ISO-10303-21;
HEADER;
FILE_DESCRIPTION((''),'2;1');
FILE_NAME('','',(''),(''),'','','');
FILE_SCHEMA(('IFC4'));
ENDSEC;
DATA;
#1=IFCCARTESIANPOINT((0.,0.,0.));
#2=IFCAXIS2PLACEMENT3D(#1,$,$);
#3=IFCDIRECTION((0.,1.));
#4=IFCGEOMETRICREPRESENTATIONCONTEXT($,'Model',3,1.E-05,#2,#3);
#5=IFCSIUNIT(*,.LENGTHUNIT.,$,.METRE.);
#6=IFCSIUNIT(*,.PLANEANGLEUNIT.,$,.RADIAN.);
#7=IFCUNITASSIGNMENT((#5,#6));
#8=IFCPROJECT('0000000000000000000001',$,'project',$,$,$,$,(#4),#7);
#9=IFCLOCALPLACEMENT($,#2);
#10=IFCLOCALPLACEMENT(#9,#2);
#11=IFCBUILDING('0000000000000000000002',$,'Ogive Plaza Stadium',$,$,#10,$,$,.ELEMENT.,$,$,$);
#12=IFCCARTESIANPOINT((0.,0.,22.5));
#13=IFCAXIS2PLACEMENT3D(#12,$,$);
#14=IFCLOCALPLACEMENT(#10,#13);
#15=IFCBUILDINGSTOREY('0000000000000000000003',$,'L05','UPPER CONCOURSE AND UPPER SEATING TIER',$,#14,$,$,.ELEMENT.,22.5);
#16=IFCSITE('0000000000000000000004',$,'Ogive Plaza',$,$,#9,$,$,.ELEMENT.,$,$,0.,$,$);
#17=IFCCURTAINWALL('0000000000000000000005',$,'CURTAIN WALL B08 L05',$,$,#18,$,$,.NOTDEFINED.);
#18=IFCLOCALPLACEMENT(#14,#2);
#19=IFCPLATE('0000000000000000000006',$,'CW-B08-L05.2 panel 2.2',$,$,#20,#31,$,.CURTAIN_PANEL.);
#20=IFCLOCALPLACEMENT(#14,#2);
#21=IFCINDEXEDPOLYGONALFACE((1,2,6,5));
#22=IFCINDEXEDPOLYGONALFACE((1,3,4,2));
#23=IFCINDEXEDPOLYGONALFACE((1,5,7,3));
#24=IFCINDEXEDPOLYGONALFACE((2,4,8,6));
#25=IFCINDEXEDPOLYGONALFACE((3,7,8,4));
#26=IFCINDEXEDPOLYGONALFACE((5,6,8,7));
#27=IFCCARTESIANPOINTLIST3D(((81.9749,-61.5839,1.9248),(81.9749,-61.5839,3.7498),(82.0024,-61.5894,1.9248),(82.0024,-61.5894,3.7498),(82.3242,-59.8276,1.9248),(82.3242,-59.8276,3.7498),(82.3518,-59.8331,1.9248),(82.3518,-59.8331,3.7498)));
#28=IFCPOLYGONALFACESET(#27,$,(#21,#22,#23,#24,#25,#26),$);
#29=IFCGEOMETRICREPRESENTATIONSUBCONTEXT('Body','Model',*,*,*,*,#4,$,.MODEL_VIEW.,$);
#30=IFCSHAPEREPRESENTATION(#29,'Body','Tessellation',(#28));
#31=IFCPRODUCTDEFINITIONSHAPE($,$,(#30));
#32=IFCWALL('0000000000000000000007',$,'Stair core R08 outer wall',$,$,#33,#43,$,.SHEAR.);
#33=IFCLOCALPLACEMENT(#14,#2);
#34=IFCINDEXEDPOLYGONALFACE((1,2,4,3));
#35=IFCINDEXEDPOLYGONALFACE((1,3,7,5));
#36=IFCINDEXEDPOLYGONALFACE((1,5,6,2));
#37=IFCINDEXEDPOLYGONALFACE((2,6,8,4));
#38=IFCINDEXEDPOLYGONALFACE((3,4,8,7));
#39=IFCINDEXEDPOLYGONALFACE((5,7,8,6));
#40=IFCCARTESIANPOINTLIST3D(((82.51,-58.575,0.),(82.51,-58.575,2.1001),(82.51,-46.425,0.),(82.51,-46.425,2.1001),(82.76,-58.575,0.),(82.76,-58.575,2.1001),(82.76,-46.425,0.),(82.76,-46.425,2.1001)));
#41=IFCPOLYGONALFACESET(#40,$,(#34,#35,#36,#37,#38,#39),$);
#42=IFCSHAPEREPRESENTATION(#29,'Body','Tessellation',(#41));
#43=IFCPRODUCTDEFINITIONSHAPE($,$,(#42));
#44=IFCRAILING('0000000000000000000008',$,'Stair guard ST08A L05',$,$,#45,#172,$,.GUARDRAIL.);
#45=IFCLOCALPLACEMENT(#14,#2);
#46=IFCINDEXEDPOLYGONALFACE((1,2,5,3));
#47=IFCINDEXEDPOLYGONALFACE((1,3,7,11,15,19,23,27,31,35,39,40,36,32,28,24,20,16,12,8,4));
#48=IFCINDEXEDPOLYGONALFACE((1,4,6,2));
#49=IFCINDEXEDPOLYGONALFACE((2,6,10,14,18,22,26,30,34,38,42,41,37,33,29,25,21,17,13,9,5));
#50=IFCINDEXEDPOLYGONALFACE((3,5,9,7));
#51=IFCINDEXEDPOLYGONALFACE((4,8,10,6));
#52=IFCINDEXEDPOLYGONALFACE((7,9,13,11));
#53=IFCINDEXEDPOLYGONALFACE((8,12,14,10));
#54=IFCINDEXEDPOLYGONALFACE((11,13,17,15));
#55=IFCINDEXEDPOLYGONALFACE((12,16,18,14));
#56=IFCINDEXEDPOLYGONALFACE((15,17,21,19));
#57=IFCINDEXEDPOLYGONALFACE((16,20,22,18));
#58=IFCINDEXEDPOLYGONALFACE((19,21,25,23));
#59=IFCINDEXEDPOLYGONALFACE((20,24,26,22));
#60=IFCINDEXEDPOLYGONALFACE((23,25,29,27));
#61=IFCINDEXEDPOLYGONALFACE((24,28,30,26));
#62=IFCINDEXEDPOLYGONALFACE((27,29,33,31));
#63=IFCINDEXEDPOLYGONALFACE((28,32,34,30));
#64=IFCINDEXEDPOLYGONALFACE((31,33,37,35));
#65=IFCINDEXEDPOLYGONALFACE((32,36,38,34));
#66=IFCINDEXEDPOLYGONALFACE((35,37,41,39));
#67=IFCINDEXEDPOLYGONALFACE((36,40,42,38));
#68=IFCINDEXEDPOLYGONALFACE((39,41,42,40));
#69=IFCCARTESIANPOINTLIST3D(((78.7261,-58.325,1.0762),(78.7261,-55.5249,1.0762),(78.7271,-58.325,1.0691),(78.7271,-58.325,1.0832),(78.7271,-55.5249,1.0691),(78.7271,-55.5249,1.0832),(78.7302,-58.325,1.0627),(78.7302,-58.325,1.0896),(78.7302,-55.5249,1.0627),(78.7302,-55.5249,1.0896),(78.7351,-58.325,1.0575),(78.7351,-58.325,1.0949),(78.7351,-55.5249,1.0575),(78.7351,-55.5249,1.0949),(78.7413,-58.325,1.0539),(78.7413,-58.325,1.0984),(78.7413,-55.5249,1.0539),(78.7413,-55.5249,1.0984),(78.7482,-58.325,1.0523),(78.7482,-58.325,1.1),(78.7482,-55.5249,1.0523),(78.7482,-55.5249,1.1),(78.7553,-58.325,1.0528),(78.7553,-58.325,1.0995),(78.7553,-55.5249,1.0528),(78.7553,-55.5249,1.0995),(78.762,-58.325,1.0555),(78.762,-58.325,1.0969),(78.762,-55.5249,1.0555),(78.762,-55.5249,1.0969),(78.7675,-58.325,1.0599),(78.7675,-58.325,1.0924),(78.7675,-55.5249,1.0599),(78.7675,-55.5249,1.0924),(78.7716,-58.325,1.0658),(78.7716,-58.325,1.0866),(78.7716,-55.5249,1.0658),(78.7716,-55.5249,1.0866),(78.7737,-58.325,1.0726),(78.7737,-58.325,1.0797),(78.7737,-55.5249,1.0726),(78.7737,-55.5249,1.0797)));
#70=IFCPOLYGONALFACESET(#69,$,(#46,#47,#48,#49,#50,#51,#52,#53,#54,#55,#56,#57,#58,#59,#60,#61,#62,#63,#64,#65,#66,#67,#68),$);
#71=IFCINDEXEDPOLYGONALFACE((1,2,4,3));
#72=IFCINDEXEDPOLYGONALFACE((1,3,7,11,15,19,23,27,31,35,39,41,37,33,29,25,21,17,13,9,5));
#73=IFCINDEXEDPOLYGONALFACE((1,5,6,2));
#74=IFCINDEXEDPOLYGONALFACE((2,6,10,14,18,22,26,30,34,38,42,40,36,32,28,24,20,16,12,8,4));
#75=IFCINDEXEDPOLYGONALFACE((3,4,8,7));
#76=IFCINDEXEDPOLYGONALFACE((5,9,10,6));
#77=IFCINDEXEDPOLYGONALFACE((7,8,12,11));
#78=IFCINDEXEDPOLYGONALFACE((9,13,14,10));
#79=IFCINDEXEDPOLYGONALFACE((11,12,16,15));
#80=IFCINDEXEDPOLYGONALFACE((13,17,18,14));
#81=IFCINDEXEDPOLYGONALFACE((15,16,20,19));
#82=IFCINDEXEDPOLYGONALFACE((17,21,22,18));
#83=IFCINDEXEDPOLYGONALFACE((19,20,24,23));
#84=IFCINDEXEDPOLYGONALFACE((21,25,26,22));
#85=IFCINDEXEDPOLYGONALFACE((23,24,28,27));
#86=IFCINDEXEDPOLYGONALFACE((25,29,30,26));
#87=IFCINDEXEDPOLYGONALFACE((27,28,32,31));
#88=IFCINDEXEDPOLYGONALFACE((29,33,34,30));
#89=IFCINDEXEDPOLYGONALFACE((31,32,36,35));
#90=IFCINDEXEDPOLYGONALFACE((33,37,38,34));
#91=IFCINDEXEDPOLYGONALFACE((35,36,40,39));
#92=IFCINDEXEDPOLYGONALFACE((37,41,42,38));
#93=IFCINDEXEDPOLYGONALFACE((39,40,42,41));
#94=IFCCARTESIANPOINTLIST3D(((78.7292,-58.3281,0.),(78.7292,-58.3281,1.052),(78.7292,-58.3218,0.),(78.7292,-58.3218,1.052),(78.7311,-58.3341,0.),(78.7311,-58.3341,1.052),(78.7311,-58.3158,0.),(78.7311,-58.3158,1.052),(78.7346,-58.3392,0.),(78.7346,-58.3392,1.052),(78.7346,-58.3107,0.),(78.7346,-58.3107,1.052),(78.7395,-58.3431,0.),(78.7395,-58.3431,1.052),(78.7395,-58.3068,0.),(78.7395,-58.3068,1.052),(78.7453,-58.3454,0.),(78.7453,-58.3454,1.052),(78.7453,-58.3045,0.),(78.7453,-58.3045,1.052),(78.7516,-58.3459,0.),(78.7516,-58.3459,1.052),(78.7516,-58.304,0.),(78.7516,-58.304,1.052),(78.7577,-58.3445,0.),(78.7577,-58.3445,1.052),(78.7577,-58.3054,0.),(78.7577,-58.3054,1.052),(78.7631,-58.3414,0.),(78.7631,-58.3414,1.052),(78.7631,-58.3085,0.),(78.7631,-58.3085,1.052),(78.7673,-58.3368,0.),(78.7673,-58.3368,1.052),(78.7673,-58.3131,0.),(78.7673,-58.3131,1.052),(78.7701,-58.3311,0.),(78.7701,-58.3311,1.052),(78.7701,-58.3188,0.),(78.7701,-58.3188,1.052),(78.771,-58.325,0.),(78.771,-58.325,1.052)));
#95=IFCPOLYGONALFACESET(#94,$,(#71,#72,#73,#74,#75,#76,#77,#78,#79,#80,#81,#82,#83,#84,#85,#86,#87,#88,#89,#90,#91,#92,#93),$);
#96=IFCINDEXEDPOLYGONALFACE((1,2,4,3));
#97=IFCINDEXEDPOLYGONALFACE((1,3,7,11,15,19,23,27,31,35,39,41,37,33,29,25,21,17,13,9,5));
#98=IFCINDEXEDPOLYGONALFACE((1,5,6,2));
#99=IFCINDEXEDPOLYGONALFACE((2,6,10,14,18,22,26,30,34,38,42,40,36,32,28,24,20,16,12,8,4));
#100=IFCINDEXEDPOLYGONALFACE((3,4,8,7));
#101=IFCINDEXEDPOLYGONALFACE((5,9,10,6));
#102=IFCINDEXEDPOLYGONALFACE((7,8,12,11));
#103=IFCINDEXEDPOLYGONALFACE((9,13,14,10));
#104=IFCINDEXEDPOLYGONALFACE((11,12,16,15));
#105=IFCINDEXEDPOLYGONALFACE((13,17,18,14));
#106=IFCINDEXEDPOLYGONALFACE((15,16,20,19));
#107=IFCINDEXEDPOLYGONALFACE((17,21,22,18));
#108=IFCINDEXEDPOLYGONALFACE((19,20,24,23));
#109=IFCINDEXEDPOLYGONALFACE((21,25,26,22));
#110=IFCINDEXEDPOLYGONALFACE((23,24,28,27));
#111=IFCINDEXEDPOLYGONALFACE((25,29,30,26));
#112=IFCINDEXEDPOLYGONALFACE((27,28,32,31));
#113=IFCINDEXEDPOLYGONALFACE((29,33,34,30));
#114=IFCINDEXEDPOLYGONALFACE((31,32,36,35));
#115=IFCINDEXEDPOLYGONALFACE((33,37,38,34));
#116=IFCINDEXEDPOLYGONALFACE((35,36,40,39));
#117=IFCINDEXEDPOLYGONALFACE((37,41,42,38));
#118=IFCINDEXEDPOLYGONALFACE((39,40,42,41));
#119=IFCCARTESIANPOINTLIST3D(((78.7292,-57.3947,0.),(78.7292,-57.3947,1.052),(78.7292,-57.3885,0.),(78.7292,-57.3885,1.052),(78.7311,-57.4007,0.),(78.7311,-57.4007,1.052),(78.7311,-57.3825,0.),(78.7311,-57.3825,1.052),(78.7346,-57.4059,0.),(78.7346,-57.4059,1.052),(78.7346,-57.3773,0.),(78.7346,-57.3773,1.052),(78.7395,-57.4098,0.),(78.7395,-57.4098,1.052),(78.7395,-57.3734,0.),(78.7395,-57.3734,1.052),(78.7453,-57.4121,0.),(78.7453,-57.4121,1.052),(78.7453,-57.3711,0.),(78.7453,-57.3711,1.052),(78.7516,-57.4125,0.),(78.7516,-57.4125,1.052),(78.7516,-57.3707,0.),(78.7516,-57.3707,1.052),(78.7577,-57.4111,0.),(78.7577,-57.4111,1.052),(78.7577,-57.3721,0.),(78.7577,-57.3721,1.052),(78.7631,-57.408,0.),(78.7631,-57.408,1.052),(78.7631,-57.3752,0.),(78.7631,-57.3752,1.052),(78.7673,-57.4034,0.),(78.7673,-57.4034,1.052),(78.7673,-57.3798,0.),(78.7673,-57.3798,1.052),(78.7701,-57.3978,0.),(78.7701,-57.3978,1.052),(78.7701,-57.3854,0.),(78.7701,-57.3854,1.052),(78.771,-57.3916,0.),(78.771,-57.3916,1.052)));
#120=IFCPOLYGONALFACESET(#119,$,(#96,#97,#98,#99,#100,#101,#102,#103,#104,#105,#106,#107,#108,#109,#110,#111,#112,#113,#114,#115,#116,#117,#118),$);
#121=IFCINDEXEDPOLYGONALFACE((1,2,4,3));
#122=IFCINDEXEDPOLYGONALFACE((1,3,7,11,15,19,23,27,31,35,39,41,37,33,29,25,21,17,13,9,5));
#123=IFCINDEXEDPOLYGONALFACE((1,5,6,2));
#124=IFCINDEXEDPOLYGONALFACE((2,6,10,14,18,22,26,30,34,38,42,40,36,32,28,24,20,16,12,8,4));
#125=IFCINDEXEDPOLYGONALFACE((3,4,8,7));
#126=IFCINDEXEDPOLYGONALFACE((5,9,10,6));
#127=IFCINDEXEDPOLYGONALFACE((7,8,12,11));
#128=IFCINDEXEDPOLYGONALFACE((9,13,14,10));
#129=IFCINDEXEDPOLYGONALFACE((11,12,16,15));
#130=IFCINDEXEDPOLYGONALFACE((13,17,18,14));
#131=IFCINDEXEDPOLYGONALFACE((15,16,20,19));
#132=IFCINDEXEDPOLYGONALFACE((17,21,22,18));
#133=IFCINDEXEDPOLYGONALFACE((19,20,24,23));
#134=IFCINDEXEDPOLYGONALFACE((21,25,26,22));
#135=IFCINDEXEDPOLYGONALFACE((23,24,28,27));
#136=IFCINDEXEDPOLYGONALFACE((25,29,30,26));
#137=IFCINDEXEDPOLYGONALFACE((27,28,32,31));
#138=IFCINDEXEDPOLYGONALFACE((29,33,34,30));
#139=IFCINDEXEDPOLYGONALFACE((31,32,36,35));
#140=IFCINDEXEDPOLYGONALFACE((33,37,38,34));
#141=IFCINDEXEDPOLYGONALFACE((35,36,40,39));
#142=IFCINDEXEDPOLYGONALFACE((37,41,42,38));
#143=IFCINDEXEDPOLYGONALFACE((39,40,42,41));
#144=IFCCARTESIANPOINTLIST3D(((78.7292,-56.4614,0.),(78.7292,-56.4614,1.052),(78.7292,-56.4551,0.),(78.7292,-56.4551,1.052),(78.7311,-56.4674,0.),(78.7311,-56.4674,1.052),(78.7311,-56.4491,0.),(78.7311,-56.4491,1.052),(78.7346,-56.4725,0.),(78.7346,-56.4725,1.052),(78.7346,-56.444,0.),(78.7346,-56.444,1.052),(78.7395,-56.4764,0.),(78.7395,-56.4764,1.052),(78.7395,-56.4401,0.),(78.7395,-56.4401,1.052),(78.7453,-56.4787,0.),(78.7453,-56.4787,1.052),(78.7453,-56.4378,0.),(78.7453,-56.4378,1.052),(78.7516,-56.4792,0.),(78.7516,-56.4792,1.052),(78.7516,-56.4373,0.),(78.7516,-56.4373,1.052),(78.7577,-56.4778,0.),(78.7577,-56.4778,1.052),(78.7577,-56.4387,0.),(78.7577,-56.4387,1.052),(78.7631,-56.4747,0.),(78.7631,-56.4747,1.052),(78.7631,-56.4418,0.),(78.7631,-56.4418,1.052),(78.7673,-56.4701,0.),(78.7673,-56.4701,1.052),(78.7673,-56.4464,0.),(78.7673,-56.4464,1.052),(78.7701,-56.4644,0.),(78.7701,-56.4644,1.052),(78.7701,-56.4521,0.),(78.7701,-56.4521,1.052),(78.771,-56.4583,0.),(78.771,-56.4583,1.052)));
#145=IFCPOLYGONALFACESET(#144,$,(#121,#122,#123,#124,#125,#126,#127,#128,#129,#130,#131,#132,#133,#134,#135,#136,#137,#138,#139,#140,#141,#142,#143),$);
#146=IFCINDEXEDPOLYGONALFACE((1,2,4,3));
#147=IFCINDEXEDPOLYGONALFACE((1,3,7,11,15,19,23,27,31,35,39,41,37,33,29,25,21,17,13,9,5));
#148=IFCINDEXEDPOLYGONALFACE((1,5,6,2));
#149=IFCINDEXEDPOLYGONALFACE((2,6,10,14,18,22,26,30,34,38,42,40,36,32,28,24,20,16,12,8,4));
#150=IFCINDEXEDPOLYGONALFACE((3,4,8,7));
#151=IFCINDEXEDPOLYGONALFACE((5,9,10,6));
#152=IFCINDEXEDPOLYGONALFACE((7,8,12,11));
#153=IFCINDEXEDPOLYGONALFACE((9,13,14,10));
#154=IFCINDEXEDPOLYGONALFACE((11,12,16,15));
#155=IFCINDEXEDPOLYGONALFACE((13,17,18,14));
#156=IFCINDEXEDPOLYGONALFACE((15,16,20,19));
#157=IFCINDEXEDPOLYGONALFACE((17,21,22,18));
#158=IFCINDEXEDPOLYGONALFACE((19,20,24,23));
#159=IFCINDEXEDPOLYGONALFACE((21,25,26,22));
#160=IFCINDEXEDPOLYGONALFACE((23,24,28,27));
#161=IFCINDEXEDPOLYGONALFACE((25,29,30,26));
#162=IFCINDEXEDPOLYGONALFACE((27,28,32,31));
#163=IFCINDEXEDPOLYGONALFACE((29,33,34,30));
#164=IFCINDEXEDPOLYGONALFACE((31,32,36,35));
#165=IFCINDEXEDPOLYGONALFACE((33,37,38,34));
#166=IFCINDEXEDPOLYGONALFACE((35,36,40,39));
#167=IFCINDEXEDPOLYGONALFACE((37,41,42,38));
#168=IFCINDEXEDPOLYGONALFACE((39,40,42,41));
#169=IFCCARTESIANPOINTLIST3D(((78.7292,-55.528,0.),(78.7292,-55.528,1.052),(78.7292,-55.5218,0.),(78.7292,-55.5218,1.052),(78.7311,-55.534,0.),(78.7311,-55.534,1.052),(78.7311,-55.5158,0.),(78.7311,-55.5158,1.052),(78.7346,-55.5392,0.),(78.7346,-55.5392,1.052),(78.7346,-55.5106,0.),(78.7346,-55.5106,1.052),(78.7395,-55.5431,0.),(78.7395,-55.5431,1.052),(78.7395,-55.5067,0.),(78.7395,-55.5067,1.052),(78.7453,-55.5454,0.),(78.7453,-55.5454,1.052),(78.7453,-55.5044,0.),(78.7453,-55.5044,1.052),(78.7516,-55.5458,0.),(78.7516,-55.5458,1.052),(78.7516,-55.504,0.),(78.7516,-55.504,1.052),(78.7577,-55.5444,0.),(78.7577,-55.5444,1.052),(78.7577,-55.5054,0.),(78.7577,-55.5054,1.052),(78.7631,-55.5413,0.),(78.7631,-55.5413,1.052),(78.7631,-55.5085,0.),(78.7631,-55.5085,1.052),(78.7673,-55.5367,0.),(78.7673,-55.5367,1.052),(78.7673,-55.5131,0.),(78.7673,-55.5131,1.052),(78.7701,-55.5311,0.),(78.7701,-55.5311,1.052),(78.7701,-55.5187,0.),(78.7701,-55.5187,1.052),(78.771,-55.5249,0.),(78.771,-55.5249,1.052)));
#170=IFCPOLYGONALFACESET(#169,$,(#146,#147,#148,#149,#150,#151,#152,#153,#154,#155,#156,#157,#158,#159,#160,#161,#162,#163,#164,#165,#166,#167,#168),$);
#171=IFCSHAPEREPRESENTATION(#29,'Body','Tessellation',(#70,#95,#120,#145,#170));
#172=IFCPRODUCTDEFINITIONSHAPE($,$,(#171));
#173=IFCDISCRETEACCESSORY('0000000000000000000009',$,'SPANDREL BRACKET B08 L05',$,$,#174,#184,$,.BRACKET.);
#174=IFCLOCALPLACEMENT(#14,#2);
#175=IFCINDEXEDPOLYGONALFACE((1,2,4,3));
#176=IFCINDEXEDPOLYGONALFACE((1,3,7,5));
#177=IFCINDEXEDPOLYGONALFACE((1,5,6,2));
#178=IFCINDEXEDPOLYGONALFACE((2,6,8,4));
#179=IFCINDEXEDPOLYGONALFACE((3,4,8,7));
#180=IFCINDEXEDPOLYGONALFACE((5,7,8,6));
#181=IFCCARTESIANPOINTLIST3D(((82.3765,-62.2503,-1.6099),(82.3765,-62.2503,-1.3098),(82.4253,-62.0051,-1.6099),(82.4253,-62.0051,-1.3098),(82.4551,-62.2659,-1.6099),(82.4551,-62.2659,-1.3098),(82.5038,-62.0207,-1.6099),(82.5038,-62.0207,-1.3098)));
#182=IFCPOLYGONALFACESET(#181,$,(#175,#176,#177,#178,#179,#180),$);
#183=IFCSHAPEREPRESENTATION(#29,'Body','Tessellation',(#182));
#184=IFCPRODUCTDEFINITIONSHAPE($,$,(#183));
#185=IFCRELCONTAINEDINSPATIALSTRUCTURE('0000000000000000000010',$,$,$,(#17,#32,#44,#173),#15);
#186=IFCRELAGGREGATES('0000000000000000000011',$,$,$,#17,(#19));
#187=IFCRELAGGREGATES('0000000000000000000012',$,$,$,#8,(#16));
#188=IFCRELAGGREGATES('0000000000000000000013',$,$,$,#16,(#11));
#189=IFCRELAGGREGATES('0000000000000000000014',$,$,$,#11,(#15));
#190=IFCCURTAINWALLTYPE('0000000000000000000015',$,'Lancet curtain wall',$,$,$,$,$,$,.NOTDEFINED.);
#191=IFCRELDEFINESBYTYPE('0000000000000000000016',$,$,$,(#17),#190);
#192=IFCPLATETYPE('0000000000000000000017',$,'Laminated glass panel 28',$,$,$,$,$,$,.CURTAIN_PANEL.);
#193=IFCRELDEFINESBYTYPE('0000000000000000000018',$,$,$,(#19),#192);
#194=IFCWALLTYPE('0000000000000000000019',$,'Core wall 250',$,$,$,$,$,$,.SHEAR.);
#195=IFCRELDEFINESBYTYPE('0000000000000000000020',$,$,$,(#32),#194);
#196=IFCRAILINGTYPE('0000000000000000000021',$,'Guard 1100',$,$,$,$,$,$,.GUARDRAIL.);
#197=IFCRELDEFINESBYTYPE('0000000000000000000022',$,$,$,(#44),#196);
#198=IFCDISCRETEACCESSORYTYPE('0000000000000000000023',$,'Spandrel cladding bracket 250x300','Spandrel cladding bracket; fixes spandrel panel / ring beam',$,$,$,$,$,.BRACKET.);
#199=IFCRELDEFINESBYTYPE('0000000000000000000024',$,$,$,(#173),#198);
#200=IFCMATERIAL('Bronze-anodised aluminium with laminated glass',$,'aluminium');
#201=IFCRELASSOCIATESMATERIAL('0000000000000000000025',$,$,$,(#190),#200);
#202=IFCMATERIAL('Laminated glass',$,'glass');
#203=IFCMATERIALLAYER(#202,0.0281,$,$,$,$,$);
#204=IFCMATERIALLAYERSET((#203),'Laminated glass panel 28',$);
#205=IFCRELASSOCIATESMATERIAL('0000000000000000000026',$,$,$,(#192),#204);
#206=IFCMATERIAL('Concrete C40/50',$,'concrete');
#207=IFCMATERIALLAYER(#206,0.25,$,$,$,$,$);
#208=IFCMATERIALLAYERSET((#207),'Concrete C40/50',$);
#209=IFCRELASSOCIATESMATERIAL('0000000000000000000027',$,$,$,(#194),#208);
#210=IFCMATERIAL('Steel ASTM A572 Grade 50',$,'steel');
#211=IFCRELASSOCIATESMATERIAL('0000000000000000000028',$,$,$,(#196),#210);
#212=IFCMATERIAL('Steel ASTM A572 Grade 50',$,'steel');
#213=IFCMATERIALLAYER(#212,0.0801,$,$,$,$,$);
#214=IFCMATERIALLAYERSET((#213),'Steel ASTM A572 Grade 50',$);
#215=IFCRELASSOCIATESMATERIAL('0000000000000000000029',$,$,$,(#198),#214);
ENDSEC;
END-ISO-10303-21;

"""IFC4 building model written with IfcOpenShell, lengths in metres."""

from ifc_helpers import new_model, si_unit, direction, frame, frame_2d, origin, origin_2d, place, context, subcontext, project, spatial, rectangle, circle, extrude, material, layer, layer_set, type_object, element, aggregate, save


model = new_model("IFC4")

# Units and contexts
model_context = context("Model", 3, precision=1e-05, world=origin(), true_north=direction((0.0, 1.0)))
body_context = subcontext(model_context, "Body", "Model", "MODEL_VIEW")
ifc_project = project(units=[si_unit("LENGTHUNIT", "METRE"), si_unit("PLANEANGLEUNIT", "RADIAN")], contexts=[model_context])

# Site, building, storey
site_placement = place(None, origin())
site = spatial("IfcSite", under=ifc_project, at=site_placement, Name="Ogive Plaza", CompositionType="ELEMENT", RefElevation=0.0)
building_placement = place(site_placement, origin())
building = spatial("IfcBuilding", under=site, at=building_placement, Name="Ogive Plaza Stadium", CompositionType="ELEMENT")
storey_placement = place(building_placement, frame((0.0, 0.0, 22.5)))
storey = spatial("IfcBuildingStorey", under=building, at=storey_placement, Name="L05", Description="UPPER CONCOURSE AND UPPER SEATING TIER", CompositionType="ELEMENT", Elevation=22.5)

# Shared definitions
ifc_material_1 = material(Name="Bronze-anodised aluminium with laminated glass", Category="aluminium")
curtain_wall_type = type_object("IfcCurtainWallType", Name="Lancet curtain wall", PredefinedType="NOTDEFINED", material=ifc_material_1)

# Curtain wall
curtain_wall_1_placement = place(storey_placement, origin())
curtain_wall_1 = element("IfcCurtainWall", 1, at=curtain_wall_1_placement, inside=storey, type_object=curtain_wall_type, Name="CURTAIN WALL B08 L05", PredefinedType="NOTDEFINED")

# Plate
ifc_material_2 = material(Name="Laminated glass", Category="glass")
ifc_layer_1 = layer(ifc_material_2, 0.0281)
ifc_layer_set_1 = layer_set([ifc_layer_1], Name="Laminated glass panel 28")
plate_type = type_object("IfcPlateType", Name="Laminated glass panel 28", PredefinedType="CURTAIN_PANEL", material=ifc_layer_set_1)
plate_1_placement = place(storey_placement, frame((82.1633, -60.7085, 1.9248), z_axis=(0.0, 0.0, 1.0), x_axis=(-0.19509, -0.980785, 0.0)))
plate_1 = element("IfcPlate", 2, at=plate_1_placement, type_object=plate_type, Name="CW-B08-L05.2 panel 2.2", PredefinedType="CURTAIN_PANEL", context=body_context, shape_type="SweptSolid", body=[
    extrude(rectangle(XDim=1.7908, YDim=0.0281, at=origin_2d()), origin(), (0.0, 0.0, 1.0), 1.825),
])
aggregate(curtain_wall_1, [plate_1])

# Wall
ifc_material_3 = material(Name="Concrete C40/50", Category="concrete")
ifc_layer_2 = layer(ifc_material_3, 0.25)
ifc_layer_set_2 = layer_set([ifc_layer_2], Name="Concrete C40/50")
wall_type = type_object("IfcWallType", Name="Core wall 250", PredefinedType="SHEAR", material=ifc_layer_set_2)
wall_placement = place(storey_placement, frame((82.635, -58.575, 0.0), z_axis=(0.0, 0.0, 1.0), x_axis=(0.0, 1.0, 0.0)))
element("IfcWall", 3, at=wall_placement, inside=storey, type_object=wall_type, Name="Stair core R08 outer wall", PredefinedType="SHEAR", context=body_context, shape_type="SweptSolid", body=[
    extrude(rectangle(XDim=12.1499, YDim=0.25, at=frame_2d((6.075, 0.0))), origin(), (0.0, 0.0, 1.0), 2.1001),
])

# Railing
ifc_material_4 = material(Name="Steel ASTM A572 Grade 50", Category="steel")
railing_type = type_object("IfcRailingType", Name="Guard 1100", PredefinedType="GUARDRAIL", material=ifc_material_4)
railing_placement = place(storey_placement, frame((78.75, -58.325, 0.0)))
element("IfcRailing", 4, at=railing_placement, inside=storey, type_object=railing_type, Name="Stair guard ST08A L05", PredefinedType="GUARDRAIL", context=body_context, shape_type="SweptSolid", body=[
    extrude(circle(Radius=0.0239, at=origin_2d()), frame((0.0, 0.0, 1.0762), z_axis=(0.0, 1.0, 0.0), x_axis=(-1.0, 0.0, 0.0)), (0.0, 0.0, 1.0), 2.8),
    extrude(circle(Radius=0.021, at=origin_2d()), origin(), (0.0, 0.0, 1.0), 1.052),
    extrude(circle(Radius=0.021, at=origin_2d()), frame((0.0, 0.9333, 0.0)), (0.0, 0.0, 1.0), 1.052),
    extrude(circle(Radius=0.021, at=origin_2d()), frame((0.0, 1.8667, 0.0)), (0.0, 0.0, 1.0), 1.052),
    extrude(circle(Radius=0.021, at=origin_2d()), frame((0.0, 2.8, 0.0)), (0.0, 0.0, 1.0), 1.052),
])

# Discrete accessory
ifc_material_5 = material(Name="Steel ASTM A572 Grade 50", Category="steel")
ifc_layer_3 = layer(ifc_material_5, 0.0801)
ifc_layer_set_3 = layer_set([ifc_layer_3], Name="Steel ASTM A572 Grade 50")
discrete_accessory_type = type_object("IfcDiscreteAccessoryType", Name="Spandrel cladding bracket 250x300", Description="Spandrel cladding bracket; fixes spandrel panel / ring beam", PredefinedType="BRACKET", material=ifc_layer_set_3)
discrete_accessory_placement = place(storey_placement, frame((82.4402, -62.1355, -1.6099), z_axis=(0.0, 0.0, 1.0), x_axis=(-0.19509, -0.980785, 0.0)))
element("IfcDiscreteAccessory", 5, at=discrete_accessory_placement, inside=storey, type_object=discrete_accessory_type, Name="SPANDREL BRACKET B08 L05", PredefinedType="BRACKET", context=body_context, shape_type="SweptSolid", body=[
    extrude(rectangle(XDim=0.25, YDim=0.0801, at=origin_2d()), origin(), (0.0, 0.0, 1.0), 0.3),
])

save(model, "model.ifc")
